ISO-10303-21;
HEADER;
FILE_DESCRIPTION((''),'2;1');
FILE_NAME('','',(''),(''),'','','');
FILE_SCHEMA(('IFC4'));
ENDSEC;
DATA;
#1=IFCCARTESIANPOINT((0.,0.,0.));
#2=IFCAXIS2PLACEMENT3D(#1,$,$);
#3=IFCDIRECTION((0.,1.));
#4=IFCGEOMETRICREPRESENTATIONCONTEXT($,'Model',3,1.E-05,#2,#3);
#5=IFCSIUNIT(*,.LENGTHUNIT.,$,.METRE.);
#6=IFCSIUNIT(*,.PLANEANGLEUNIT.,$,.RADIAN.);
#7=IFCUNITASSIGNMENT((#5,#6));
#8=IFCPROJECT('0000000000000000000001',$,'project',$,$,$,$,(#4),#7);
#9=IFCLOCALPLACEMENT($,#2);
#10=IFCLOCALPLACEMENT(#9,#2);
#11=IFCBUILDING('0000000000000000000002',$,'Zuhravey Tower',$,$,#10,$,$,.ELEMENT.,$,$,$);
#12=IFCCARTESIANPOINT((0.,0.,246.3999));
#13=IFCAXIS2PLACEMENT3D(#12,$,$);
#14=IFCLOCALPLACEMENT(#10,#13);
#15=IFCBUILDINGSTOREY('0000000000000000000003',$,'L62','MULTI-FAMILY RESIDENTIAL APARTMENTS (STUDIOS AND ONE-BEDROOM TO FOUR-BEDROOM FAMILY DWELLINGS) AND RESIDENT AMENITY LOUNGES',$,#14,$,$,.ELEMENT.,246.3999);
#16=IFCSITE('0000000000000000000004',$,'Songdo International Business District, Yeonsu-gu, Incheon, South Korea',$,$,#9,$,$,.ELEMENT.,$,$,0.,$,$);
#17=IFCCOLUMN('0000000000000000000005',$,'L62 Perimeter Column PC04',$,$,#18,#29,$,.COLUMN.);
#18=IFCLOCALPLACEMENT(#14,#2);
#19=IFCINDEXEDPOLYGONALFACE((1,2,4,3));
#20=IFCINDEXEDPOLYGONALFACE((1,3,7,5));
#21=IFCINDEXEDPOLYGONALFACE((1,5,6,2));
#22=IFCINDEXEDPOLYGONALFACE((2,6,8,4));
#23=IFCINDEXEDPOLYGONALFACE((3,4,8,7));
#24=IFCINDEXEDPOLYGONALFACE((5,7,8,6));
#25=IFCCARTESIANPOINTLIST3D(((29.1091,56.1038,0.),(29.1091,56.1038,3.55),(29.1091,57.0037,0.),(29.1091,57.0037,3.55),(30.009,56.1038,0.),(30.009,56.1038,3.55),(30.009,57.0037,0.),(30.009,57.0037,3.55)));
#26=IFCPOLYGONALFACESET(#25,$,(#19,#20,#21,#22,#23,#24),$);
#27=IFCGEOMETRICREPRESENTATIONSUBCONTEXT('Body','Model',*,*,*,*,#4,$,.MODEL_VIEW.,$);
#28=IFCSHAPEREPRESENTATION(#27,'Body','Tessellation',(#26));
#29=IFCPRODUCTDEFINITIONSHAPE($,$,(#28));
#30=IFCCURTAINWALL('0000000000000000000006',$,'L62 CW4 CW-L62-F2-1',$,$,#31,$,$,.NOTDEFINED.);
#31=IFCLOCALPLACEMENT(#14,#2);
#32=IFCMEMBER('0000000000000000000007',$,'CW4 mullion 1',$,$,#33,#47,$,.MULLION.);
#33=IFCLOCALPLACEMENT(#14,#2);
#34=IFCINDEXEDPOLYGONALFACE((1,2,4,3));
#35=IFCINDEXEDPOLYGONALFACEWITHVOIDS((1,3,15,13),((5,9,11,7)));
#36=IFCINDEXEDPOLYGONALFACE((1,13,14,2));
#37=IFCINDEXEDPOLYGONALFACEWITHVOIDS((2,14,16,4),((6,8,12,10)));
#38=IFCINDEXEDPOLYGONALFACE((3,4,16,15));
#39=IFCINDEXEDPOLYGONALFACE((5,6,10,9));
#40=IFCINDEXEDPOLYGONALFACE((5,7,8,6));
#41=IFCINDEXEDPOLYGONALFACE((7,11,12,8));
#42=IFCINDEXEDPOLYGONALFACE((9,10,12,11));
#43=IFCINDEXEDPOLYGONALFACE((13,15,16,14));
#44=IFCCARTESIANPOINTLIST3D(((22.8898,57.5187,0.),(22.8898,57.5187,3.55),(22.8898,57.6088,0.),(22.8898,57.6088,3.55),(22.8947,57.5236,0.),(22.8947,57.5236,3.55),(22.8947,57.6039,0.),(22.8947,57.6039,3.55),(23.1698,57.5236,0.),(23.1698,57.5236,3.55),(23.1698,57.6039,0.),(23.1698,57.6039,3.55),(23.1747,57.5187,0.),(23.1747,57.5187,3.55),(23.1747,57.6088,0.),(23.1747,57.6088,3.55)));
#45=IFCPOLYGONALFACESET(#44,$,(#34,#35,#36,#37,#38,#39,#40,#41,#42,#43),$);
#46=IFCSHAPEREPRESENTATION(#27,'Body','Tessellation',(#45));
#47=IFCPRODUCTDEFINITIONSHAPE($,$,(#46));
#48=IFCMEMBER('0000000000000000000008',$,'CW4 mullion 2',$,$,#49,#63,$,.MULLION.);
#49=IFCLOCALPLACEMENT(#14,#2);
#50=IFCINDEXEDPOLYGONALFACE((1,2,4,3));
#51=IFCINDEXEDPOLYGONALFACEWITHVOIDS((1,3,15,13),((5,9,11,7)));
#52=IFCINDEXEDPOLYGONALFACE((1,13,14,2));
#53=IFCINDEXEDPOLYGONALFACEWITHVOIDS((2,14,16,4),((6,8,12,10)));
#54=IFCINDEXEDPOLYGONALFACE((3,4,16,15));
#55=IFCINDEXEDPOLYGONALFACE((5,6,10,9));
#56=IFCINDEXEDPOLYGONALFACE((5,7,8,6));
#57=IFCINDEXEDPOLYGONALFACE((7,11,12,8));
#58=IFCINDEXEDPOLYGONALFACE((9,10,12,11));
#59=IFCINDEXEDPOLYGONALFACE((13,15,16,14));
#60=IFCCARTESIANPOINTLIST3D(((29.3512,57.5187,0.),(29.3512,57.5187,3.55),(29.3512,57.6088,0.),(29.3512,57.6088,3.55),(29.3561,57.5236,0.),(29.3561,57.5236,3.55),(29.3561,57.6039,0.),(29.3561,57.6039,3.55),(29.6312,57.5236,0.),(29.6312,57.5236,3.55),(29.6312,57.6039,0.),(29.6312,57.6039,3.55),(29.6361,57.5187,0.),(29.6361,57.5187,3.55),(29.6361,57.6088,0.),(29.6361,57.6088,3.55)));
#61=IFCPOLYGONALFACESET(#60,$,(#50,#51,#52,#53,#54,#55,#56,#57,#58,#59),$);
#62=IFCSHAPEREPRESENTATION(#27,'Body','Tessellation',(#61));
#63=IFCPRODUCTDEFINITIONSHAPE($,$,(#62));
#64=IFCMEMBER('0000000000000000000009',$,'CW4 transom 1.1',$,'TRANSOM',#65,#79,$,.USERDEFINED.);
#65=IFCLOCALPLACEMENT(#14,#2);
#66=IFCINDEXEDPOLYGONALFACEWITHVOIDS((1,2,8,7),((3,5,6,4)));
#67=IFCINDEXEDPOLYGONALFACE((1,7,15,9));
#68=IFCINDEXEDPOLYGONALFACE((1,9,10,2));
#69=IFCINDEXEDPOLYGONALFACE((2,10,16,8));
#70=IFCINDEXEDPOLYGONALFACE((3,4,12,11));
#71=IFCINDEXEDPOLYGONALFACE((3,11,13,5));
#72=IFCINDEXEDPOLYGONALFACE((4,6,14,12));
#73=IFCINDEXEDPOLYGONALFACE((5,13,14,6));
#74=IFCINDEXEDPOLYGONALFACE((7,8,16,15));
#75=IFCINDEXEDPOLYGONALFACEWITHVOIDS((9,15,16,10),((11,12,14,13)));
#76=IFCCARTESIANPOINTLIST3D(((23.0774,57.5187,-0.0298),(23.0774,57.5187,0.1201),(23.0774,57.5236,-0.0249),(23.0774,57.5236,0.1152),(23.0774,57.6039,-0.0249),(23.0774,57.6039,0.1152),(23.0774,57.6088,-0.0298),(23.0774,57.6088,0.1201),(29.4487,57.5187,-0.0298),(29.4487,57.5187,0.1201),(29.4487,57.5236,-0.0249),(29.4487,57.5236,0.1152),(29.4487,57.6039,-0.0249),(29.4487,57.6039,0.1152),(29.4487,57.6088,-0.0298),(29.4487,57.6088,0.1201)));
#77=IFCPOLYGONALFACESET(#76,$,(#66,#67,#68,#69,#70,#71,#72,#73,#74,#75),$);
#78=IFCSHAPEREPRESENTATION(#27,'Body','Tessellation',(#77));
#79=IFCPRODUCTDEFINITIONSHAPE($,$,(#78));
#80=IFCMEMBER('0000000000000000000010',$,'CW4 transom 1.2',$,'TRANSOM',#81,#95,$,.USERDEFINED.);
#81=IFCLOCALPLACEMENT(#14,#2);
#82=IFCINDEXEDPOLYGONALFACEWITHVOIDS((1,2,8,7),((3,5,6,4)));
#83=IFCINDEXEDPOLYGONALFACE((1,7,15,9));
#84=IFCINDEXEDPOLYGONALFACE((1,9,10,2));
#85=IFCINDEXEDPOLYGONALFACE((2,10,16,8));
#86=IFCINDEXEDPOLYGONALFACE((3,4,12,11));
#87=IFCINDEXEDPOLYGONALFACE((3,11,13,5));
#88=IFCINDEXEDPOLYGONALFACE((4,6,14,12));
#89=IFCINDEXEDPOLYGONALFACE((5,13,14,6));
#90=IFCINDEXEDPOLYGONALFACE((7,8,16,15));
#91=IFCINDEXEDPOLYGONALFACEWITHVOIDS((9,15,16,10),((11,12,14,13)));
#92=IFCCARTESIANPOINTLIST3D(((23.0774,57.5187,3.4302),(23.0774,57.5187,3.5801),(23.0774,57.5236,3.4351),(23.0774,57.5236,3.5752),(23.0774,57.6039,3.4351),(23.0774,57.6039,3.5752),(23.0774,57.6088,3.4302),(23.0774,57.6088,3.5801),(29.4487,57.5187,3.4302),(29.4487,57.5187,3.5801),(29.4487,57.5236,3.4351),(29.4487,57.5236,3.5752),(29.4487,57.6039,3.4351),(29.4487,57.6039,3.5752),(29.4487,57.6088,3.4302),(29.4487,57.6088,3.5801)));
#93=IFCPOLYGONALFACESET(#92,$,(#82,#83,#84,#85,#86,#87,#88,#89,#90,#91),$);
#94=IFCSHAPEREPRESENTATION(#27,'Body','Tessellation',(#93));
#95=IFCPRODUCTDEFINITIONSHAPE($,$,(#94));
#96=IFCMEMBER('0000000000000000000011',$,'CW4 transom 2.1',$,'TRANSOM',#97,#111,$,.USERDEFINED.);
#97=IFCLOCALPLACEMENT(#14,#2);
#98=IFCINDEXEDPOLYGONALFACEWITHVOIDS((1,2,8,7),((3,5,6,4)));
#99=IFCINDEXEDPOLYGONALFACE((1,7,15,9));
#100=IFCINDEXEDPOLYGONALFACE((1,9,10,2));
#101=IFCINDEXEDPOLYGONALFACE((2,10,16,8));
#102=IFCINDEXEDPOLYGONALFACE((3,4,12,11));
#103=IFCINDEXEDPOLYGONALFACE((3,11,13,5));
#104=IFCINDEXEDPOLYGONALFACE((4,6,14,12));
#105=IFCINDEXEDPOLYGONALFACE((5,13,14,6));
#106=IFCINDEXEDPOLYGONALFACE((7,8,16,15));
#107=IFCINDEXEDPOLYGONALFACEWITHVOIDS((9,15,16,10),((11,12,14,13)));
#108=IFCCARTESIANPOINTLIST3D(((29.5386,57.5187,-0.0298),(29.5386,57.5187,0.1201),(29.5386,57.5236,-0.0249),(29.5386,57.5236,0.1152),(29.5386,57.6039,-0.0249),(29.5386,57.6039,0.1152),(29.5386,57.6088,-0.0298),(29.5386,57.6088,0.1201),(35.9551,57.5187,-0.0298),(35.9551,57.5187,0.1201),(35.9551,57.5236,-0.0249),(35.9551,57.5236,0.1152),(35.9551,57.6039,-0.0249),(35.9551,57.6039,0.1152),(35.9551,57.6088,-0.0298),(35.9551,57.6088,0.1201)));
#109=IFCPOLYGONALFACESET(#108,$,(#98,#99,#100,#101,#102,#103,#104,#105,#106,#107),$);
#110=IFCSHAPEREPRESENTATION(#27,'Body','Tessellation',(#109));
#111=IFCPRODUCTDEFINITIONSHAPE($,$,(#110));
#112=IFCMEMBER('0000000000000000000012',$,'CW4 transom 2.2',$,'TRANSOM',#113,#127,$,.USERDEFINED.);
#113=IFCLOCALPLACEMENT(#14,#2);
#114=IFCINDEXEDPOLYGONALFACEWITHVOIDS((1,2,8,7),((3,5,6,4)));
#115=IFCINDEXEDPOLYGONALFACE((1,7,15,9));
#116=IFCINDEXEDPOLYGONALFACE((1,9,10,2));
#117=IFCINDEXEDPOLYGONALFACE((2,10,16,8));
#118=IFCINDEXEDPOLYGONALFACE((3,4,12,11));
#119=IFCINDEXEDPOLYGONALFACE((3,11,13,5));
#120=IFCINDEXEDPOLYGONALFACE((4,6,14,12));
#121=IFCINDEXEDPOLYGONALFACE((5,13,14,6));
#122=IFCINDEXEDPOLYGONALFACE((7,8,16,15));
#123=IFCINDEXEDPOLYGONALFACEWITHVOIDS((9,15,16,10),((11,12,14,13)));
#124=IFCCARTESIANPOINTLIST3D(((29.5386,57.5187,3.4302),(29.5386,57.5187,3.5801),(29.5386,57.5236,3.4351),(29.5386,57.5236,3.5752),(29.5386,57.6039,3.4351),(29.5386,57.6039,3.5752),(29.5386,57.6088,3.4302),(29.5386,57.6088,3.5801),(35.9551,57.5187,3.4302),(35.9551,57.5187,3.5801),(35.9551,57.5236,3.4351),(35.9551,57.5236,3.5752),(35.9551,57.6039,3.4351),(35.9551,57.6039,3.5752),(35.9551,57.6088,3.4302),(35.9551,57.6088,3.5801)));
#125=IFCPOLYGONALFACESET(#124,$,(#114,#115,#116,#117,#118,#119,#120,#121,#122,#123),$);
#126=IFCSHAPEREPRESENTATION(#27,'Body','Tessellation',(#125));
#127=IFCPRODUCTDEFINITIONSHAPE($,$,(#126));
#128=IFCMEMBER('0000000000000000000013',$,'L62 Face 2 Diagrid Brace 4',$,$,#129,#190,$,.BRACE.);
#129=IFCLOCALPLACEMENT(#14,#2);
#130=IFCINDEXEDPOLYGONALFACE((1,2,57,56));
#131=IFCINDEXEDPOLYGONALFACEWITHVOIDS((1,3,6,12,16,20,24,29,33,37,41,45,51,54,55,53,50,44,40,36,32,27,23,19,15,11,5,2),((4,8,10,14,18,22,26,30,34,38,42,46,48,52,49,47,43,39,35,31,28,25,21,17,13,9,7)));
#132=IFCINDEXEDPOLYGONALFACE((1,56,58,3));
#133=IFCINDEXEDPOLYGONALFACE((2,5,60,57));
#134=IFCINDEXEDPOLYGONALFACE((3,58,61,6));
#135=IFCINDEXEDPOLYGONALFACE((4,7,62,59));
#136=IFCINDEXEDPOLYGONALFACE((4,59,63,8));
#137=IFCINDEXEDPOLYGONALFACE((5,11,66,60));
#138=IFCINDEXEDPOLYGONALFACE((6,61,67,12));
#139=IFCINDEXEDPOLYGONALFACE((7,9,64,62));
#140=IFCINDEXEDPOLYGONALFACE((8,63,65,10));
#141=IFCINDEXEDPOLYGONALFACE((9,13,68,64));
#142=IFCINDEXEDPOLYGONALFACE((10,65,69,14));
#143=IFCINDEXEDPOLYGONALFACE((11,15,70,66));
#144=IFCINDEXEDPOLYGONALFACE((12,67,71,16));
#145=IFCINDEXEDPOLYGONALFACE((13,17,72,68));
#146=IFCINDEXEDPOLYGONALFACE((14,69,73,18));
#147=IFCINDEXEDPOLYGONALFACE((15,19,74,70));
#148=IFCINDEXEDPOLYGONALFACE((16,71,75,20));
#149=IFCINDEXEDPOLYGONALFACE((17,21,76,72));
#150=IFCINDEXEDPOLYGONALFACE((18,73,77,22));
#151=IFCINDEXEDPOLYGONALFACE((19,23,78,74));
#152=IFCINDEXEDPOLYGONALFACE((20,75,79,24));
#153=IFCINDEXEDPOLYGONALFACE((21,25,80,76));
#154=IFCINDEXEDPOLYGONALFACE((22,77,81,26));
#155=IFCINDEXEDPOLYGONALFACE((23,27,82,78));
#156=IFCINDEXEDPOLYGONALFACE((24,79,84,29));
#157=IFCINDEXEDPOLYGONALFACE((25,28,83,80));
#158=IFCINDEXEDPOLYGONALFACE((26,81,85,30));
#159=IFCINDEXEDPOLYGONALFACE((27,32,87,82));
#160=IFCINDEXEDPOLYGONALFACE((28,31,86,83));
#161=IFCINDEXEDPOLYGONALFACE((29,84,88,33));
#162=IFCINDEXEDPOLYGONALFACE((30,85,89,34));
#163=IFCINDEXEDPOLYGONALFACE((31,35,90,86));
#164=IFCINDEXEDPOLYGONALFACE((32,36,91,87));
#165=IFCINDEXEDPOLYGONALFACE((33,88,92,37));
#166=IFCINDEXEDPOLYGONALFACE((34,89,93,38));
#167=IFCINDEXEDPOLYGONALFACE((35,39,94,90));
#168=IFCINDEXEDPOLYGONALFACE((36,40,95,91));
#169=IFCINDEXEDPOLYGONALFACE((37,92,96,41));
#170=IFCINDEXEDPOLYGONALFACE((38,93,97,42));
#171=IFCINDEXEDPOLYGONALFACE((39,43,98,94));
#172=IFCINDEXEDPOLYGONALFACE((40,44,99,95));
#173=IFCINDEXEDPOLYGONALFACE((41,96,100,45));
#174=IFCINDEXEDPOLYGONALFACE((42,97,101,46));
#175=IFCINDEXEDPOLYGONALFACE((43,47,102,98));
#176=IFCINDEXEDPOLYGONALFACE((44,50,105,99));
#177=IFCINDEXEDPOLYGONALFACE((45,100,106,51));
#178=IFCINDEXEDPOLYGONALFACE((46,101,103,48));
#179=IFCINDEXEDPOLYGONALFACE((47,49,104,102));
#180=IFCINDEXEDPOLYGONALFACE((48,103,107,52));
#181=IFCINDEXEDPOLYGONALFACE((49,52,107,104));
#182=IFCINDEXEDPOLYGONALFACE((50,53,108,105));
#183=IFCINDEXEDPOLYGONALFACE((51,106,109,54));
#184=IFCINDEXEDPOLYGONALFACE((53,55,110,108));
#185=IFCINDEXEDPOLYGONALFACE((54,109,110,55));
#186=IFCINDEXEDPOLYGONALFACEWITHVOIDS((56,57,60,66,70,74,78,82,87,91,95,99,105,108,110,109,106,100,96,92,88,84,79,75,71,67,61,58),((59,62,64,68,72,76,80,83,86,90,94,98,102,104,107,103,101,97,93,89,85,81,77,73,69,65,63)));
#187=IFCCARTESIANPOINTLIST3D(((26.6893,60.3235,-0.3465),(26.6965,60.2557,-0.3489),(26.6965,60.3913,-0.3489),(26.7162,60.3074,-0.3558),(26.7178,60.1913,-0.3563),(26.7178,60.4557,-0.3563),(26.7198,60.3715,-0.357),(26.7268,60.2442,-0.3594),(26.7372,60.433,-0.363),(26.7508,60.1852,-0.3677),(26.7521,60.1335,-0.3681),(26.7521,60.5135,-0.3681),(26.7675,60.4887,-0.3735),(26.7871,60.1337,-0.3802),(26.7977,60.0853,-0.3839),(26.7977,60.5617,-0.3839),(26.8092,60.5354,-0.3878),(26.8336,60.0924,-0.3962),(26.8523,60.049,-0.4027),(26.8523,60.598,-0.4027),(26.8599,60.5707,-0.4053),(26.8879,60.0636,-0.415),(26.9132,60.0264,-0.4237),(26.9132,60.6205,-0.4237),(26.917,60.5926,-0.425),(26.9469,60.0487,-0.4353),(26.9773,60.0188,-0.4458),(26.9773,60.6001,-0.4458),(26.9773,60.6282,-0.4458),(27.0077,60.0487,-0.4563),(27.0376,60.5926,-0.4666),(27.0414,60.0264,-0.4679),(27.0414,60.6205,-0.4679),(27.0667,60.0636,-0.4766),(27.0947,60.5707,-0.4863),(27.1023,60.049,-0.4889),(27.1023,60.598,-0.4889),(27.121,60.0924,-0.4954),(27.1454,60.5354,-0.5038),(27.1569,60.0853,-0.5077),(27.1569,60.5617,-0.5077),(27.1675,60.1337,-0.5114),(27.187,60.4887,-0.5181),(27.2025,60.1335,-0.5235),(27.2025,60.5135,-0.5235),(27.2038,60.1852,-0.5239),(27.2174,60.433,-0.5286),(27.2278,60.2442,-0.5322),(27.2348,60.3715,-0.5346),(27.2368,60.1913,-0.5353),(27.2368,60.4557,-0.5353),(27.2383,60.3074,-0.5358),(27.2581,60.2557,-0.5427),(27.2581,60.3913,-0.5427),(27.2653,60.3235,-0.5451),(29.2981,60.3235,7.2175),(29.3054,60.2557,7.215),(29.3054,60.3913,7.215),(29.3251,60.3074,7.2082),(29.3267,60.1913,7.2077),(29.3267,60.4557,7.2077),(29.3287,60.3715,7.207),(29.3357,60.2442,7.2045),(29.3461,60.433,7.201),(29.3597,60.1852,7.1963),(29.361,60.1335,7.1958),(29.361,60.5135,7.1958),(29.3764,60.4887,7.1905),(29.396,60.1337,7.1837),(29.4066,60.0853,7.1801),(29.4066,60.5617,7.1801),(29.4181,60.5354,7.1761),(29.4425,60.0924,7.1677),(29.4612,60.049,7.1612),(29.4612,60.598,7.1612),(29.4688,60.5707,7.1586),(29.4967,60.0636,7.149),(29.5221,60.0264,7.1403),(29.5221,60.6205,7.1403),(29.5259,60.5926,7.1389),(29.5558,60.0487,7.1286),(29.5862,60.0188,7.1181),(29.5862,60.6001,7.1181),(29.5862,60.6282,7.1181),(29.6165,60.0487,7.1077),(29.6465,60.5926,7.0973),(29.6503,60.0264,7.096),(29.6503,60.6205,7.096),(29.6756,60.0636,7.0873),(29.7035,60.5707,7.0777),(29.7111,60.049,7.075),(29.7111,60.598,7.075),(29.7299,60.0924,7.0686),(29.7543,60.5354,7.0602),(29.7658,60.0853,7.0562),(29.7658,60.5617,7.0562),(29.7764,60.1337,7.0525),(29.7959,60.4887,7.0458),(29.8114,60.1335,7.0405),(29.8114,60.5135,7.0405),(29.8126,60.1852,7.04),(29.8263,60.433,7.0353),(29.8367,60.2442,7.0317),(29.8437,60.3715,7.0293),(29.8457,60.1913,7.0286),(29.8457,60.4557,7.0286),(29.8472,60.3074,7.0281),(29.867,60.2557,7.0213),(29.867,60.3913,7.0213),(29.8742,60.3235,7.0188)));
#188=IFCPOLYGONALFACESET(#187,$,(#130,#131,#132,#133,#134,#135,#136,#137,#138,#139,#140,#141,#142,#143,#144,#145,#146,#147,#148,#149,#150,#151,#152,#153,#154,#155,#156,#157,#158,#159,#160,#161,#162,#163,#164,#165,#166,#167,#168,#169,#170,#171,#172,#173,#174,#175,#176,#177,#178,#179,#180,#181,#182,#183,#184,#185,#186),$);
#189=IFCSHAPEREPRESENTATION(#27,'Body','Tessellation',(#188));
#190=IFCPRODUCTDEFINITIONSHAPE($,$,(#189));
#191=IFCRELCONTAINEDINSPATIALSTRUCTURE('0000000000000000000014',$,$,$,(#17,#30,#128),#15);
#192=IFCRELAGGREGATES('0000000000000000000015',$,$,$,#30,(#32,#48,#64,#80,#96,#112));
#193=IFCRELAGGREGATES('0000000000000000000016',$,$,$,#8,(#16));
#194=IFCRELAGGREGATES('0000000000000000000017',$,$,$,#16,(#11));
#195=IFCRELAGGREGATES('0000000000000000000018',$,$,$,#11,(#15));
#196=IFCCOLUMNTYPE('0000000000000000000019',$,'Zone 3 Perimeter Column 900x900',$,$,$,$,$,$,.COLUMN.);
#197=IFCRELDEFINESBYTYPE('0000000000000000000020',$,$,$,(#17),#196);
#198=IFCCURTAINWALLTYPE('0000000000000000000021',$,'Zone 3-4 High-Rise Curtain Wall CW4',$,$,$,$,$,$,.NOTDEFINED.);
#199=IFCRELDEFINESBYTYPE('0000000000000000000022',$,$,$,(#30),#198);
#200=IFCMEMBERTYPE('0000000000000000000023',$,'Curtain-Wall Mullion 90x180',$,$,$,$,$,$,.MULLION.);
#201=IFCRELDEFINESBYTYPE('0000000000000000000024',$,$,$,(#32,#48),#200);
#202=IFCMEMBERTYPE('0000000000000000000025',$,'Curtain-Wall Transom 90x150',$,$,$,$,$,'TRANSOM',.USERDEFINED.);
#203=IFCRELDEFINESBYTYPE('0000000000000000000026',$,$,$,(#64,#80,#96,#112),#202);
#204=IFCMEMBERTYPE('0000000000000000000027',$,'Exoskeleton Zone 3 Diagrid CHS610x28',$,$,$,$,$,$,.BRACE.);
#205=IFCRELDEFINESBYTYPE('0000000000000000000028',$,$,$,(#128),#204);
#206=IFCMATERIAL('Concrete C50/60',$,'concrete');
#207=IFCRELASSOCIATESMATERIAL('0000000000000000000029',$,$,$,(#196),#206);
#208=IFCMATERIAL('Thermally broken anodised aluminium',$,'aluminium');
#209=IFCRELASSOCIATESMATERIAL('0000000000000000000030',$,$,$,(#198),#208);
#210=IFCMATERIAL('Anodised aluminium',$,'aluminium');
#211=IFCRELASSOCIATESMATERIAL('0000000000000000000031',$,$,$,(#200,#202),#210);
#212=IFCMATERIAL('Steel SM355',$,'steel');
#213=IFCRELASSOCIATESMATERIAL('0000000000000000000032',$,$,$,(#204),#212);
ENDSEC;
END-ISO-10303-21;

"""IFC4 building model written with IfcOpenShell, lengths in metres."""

from ifc_helpers import new_model, si_unit, direction, frame, origin, origin_2d, place, context, subcontext, project, spatial, rectangle, hollow_rectangle, hollow_circle, extrude, material, material_profile, profile_set, type_object, element, aggregate, save


model = new_model("IFC4")

# Units and contexts
model_context = context("Model", 3, precision=1e-05, world=origin(), true_north=direction((0.0, 1.0)))
body_context = subcontext(model_context, "Body", "Model", "MODEL_VIEW")
ifc_project = project(units=[si_unit("LENGTHUNIT", "METRE"), si_unit("PLANEANGLEUNIT", "RADIAN")], contexts=[model_context])

# Site, building, storey
site_placement = place(None, origin())
site = spatial("IfcSite", under=ifc_project, at=site_placement, Name="Songdo International Business District, Yeonsu-gu, Incheon, South Korea", CompositionType="ELEMENT", RefElevation=0.0)
building_placement = place(site_placement, origin())
building = spatial("IfcBuilding", under=site, at=building_placement, Name="Zuhravey Tower", CompositionType="ELEMENT")
storey_placement = place(building_placement, frame((0.0, 0.0, 246.3999)))
storey = spatial("IfcBuildingStorey", under=building, at=storey_placement, Name="L62", Description="MULTI-FAMILY RESIDENTIAL APARTMENTS (STUDIOS AND ONE-BEDROOM TO FOUR-BEDROOM FAMILY DWELLINGS) AND RESIDENT AMENITY LOUNGES", CompositionType="ELEMENT", Elevation=246.3999)

# Column
ifc_material_1 = material(Name="Concrete C50/60", Category="concrete")
ifc_material_profile_1 = material_profile(ifc_material_1, rectangle(XDim=0.8999, YDim=0.8999, at=origin_2d()), Name="RC-900x900")
ifc_profile_set_1 = profile_set([ifc_material_profile_1], Name="Concrete C50/60")
column_type = type_object("IfcColumnType", Name="Zone 3 Perimeter Column 900x900", PredefinedType="COLUMN", material=ifc_profile_set_1)
column_placement = place(storey_placement, frame((29.5591, 56.5537, 0.0), z_axis=(0.0, 0.0, 1.0), x_axis=(-1.0, 0.0, 0.0)))
element("IfcColumn", 1, at=column_placement, inside=storey, type_object=column_type, Name="L62 Perimeter Column PC04", PredefinedType="COLUMN", context=body_context, shape_type="SweptSolid", body=[
    extrude(rectangle(XDim=0.8999, YDim=0.8999, at=origin_2d()), origin(), (0.0, 0.0, 1.0), 3.55),
])

# Curtain wall, members
ifc_material_2 = material(Name="Thermally broken anodised aluminium", Category="aluminium")
curtain_wall_type = type_object("IfcCurtainWallType", Name="Zone 3-4 High-Rise Curtain Wall CW4", PredefinedType="NOTDEFINED", material=ifc_material_2)
curtain_wall_placement = place(storey_placement, origin())
curtain_wall = element("IfcCurtainWall", 2, at=curtain_wall_placement, inside=storey, type_object=curtain_wall_type, Name="L62 CW4 CW-L62-F2-1", PredefinedType="NOTDEFINED")
ifc_material_3 = material(Name="Anodised aluminium", Category="aluminium")
ifc_material_profile_2 = material_profile(ifc_material_3, hollow_rectangle(XDim=0.0901, YDim=0.2849, WallThickness=0.0049, at=origin_2d()), Name="ALU-RHS-90x285x5")
ifc_profile_set_2 = profile_set([ifc_material_profile_2], Name="Anodised aluminium")
member_type_1 = type_object("IfcMemberType", Name="Curtain-Wall Mullion 90x180", PredefinedType="MULLION", material=ifc_profile_set_2)
member_1_placement = place(storey_placement, frame((23.0322, 57.5637, 0.0), z_axis=(0.0, 0.0, 1.0), x_axis=(0.0, 1.0, 0.0)))
member_1 = element("IfcMember", 3, at=member_1_placement, type_object=member_type_1, Name="CW4 mullion 1", PredefinedType="MULLION", context=body_context, shape_type="SweptSolid", body=[
    extrude(hollow_rectangle(XDim=0.0901, YDim=0.2849, WallThickness=0.0049, at=origin_2d()), origin(), (0.0, 0.0, 1.0), 3.55),
])
member_2_placement = place(storey_placement, frame((29.4937, 57.5637, 0.0), z_axis=(0.0, 0.0, 1.0), x_axis=(0.0, 1.0, 0.0)))
member_2 = element("IfcMember", 4, at=member_2_placement, type_object=member_type_1, Name="CW4 mullion 2", PredefinedType="MULLION", context=body_context, shape_type="SweptSolid", body=[
    extrude(hollow_rectangle(XDim=0.0901, YDim=0.2849, WallThickness=0.0049, at=origin_2d()), origin(), (0.0, 0.0, 1.0), 3.55),
])
ifc_material_profile_3 = material_profile(ifc_material_3, hollow_rectangle(XDim=0.0901, YDim=0.1499, WallThickness=0.0049, at=origin_2d()), Name="ALU-RHS-90x150x5")
ifc_profile_set_3 = profile_set([ifc_material_profile_3], Name="Anodised aluminium")
member_type_2 = type_object("IfcMemberType", Name="Curtain-Wall Transom 90x150", ElementType="TRANSOM", PredefinedType="USERDEFINED", material=ifc_profile_set_3)
member_3_placement = place(storey_placement, frame((23.0774, 57.5637, 0.0452), z_axis=(1.0, 0.0, 0.0), x_axis=(0.0, 1.0, 0.0)))
member_3 = element("IfcMember", 5, at=member_3_placement, type_object=member_type_2, Name="CW4 transom 1.1", ObjectType="TRANSOM", PredefinedType="USERDEFINED", context=body_context, shape_type="SweptSolid", body=[
    extrude(hollow_rectangle(XDim=0.0901, YDim=0.1499, WallThickness=0.0049, at=origin_2d()), origin(), (0.0, 0.0, 1.0), 6.3713),
])
member_4_placement = place(storey_placement, frame((23.0774, 57.5637, 3.5051), z_axis=(1.0, 0.0, 0.0), x_axis=(0.0, 1.0, 0.0)))
member_4 = element("IfcMember", 6, at=member_4_placement, type_object=member_type_2, Name="CW4 transom 1.2", ObjectType="TRANSOM", PredefinedType="USERDEFINED", context=body_context, shape_type="SweptSolid", body=[
    extrude(hollow_rectangle(XDim=0.0901, YDim=0.1499, WallThickness=0.0049, at=origin_2d()), origin(), (0.0, 0.0, 1.0), 6.3713),
])
member_5_placement = place(storey_placement, frame((29.5386, 57.5637, 0.0452), z_axis=(1.0, 0.0, 0.0), x_axis=(0.0, 1.0, 0.0)))
member_5 = element("IfcMember", 7, at=member_5_placement, type_object=member_type_2, Name="CW4 transom 2.1", ObjectType="TRANSOM", PredefinedType="USERDEFINED", context=body_context, shape_type="SweptSolid", body=[
    extrude(hollow_rectangle(XDim=0.0901, YDim=0.1499, WallThickness=0.0049, at=origin_2d()), origin(), (0.0, 0.0, 1.0), 6.4165),
])
member_6_placement = place(storey_placement, frame((29.5386, 57.5637, 3.5051), z_axis=(1.0, 0.0, 0.0), x_axis=(0.0, 1.0, 0.0)))
member_6 = element("IfcMember", 8, at=member_6_placement, type_object=member_type_2, Name="CW4 transom 2.2", ObjectType="TRANSOM", PredefinedType="USERDEFINED", context=body_context, shape_type="SweptSolid", body=[
    extrude(hollow_rectangle(XDim=0.0901, YDim=0.1499, WallThickness=0.0049, at=origin_2d()), origin(), (0.0, 0.0, 1.0), 6.4165),
])

# Member
ifc_material_4 = material(Name="Steel SM355", Category="steel")
ifc_material_profile_4 = material_profile(ifc_material_4, hollow_circle(Radius=0.3047, WallThickness=0.0281, at=origin_2d()), Name="CHS-609.6x28")
ifc_profile_set_4 = profile_set([ifc_material_profile_4], Name="Steel SM355")
member_type_3 = type_object("IfcMemberType", Name="Exoskeleton Zone 3 Diagrid CHS610x28", PredefinedType="BRACE", material=ifc_profile_set_4)
member_7_placement = place(storey_placement, frame((26.9773, 60.3235, -0.4458), z_axis=(0.32606, 0.0, 0.945349), x_axis=(0.0, 1.0, 0.0)))
element("IfcMember", 9, at=member_7_placement, inside=storey, type_object=member_type_3, Name="L62 Face 2 Diagrid Brace 4", PredefinedType="BRACE", context=body_context, shape_type="SweptSolid", body=[
    extrude(hollow_circle(Radius=0.3047, WallThickness=0.0281, at=origin_2d()), origin(), (0.0, 0.0, 1.0), 8.0012),
])

aggregate(curtain_wall, [member_1, member_2, member_3, member_4, member_5, member_6])

save(model, "model.ifc")
